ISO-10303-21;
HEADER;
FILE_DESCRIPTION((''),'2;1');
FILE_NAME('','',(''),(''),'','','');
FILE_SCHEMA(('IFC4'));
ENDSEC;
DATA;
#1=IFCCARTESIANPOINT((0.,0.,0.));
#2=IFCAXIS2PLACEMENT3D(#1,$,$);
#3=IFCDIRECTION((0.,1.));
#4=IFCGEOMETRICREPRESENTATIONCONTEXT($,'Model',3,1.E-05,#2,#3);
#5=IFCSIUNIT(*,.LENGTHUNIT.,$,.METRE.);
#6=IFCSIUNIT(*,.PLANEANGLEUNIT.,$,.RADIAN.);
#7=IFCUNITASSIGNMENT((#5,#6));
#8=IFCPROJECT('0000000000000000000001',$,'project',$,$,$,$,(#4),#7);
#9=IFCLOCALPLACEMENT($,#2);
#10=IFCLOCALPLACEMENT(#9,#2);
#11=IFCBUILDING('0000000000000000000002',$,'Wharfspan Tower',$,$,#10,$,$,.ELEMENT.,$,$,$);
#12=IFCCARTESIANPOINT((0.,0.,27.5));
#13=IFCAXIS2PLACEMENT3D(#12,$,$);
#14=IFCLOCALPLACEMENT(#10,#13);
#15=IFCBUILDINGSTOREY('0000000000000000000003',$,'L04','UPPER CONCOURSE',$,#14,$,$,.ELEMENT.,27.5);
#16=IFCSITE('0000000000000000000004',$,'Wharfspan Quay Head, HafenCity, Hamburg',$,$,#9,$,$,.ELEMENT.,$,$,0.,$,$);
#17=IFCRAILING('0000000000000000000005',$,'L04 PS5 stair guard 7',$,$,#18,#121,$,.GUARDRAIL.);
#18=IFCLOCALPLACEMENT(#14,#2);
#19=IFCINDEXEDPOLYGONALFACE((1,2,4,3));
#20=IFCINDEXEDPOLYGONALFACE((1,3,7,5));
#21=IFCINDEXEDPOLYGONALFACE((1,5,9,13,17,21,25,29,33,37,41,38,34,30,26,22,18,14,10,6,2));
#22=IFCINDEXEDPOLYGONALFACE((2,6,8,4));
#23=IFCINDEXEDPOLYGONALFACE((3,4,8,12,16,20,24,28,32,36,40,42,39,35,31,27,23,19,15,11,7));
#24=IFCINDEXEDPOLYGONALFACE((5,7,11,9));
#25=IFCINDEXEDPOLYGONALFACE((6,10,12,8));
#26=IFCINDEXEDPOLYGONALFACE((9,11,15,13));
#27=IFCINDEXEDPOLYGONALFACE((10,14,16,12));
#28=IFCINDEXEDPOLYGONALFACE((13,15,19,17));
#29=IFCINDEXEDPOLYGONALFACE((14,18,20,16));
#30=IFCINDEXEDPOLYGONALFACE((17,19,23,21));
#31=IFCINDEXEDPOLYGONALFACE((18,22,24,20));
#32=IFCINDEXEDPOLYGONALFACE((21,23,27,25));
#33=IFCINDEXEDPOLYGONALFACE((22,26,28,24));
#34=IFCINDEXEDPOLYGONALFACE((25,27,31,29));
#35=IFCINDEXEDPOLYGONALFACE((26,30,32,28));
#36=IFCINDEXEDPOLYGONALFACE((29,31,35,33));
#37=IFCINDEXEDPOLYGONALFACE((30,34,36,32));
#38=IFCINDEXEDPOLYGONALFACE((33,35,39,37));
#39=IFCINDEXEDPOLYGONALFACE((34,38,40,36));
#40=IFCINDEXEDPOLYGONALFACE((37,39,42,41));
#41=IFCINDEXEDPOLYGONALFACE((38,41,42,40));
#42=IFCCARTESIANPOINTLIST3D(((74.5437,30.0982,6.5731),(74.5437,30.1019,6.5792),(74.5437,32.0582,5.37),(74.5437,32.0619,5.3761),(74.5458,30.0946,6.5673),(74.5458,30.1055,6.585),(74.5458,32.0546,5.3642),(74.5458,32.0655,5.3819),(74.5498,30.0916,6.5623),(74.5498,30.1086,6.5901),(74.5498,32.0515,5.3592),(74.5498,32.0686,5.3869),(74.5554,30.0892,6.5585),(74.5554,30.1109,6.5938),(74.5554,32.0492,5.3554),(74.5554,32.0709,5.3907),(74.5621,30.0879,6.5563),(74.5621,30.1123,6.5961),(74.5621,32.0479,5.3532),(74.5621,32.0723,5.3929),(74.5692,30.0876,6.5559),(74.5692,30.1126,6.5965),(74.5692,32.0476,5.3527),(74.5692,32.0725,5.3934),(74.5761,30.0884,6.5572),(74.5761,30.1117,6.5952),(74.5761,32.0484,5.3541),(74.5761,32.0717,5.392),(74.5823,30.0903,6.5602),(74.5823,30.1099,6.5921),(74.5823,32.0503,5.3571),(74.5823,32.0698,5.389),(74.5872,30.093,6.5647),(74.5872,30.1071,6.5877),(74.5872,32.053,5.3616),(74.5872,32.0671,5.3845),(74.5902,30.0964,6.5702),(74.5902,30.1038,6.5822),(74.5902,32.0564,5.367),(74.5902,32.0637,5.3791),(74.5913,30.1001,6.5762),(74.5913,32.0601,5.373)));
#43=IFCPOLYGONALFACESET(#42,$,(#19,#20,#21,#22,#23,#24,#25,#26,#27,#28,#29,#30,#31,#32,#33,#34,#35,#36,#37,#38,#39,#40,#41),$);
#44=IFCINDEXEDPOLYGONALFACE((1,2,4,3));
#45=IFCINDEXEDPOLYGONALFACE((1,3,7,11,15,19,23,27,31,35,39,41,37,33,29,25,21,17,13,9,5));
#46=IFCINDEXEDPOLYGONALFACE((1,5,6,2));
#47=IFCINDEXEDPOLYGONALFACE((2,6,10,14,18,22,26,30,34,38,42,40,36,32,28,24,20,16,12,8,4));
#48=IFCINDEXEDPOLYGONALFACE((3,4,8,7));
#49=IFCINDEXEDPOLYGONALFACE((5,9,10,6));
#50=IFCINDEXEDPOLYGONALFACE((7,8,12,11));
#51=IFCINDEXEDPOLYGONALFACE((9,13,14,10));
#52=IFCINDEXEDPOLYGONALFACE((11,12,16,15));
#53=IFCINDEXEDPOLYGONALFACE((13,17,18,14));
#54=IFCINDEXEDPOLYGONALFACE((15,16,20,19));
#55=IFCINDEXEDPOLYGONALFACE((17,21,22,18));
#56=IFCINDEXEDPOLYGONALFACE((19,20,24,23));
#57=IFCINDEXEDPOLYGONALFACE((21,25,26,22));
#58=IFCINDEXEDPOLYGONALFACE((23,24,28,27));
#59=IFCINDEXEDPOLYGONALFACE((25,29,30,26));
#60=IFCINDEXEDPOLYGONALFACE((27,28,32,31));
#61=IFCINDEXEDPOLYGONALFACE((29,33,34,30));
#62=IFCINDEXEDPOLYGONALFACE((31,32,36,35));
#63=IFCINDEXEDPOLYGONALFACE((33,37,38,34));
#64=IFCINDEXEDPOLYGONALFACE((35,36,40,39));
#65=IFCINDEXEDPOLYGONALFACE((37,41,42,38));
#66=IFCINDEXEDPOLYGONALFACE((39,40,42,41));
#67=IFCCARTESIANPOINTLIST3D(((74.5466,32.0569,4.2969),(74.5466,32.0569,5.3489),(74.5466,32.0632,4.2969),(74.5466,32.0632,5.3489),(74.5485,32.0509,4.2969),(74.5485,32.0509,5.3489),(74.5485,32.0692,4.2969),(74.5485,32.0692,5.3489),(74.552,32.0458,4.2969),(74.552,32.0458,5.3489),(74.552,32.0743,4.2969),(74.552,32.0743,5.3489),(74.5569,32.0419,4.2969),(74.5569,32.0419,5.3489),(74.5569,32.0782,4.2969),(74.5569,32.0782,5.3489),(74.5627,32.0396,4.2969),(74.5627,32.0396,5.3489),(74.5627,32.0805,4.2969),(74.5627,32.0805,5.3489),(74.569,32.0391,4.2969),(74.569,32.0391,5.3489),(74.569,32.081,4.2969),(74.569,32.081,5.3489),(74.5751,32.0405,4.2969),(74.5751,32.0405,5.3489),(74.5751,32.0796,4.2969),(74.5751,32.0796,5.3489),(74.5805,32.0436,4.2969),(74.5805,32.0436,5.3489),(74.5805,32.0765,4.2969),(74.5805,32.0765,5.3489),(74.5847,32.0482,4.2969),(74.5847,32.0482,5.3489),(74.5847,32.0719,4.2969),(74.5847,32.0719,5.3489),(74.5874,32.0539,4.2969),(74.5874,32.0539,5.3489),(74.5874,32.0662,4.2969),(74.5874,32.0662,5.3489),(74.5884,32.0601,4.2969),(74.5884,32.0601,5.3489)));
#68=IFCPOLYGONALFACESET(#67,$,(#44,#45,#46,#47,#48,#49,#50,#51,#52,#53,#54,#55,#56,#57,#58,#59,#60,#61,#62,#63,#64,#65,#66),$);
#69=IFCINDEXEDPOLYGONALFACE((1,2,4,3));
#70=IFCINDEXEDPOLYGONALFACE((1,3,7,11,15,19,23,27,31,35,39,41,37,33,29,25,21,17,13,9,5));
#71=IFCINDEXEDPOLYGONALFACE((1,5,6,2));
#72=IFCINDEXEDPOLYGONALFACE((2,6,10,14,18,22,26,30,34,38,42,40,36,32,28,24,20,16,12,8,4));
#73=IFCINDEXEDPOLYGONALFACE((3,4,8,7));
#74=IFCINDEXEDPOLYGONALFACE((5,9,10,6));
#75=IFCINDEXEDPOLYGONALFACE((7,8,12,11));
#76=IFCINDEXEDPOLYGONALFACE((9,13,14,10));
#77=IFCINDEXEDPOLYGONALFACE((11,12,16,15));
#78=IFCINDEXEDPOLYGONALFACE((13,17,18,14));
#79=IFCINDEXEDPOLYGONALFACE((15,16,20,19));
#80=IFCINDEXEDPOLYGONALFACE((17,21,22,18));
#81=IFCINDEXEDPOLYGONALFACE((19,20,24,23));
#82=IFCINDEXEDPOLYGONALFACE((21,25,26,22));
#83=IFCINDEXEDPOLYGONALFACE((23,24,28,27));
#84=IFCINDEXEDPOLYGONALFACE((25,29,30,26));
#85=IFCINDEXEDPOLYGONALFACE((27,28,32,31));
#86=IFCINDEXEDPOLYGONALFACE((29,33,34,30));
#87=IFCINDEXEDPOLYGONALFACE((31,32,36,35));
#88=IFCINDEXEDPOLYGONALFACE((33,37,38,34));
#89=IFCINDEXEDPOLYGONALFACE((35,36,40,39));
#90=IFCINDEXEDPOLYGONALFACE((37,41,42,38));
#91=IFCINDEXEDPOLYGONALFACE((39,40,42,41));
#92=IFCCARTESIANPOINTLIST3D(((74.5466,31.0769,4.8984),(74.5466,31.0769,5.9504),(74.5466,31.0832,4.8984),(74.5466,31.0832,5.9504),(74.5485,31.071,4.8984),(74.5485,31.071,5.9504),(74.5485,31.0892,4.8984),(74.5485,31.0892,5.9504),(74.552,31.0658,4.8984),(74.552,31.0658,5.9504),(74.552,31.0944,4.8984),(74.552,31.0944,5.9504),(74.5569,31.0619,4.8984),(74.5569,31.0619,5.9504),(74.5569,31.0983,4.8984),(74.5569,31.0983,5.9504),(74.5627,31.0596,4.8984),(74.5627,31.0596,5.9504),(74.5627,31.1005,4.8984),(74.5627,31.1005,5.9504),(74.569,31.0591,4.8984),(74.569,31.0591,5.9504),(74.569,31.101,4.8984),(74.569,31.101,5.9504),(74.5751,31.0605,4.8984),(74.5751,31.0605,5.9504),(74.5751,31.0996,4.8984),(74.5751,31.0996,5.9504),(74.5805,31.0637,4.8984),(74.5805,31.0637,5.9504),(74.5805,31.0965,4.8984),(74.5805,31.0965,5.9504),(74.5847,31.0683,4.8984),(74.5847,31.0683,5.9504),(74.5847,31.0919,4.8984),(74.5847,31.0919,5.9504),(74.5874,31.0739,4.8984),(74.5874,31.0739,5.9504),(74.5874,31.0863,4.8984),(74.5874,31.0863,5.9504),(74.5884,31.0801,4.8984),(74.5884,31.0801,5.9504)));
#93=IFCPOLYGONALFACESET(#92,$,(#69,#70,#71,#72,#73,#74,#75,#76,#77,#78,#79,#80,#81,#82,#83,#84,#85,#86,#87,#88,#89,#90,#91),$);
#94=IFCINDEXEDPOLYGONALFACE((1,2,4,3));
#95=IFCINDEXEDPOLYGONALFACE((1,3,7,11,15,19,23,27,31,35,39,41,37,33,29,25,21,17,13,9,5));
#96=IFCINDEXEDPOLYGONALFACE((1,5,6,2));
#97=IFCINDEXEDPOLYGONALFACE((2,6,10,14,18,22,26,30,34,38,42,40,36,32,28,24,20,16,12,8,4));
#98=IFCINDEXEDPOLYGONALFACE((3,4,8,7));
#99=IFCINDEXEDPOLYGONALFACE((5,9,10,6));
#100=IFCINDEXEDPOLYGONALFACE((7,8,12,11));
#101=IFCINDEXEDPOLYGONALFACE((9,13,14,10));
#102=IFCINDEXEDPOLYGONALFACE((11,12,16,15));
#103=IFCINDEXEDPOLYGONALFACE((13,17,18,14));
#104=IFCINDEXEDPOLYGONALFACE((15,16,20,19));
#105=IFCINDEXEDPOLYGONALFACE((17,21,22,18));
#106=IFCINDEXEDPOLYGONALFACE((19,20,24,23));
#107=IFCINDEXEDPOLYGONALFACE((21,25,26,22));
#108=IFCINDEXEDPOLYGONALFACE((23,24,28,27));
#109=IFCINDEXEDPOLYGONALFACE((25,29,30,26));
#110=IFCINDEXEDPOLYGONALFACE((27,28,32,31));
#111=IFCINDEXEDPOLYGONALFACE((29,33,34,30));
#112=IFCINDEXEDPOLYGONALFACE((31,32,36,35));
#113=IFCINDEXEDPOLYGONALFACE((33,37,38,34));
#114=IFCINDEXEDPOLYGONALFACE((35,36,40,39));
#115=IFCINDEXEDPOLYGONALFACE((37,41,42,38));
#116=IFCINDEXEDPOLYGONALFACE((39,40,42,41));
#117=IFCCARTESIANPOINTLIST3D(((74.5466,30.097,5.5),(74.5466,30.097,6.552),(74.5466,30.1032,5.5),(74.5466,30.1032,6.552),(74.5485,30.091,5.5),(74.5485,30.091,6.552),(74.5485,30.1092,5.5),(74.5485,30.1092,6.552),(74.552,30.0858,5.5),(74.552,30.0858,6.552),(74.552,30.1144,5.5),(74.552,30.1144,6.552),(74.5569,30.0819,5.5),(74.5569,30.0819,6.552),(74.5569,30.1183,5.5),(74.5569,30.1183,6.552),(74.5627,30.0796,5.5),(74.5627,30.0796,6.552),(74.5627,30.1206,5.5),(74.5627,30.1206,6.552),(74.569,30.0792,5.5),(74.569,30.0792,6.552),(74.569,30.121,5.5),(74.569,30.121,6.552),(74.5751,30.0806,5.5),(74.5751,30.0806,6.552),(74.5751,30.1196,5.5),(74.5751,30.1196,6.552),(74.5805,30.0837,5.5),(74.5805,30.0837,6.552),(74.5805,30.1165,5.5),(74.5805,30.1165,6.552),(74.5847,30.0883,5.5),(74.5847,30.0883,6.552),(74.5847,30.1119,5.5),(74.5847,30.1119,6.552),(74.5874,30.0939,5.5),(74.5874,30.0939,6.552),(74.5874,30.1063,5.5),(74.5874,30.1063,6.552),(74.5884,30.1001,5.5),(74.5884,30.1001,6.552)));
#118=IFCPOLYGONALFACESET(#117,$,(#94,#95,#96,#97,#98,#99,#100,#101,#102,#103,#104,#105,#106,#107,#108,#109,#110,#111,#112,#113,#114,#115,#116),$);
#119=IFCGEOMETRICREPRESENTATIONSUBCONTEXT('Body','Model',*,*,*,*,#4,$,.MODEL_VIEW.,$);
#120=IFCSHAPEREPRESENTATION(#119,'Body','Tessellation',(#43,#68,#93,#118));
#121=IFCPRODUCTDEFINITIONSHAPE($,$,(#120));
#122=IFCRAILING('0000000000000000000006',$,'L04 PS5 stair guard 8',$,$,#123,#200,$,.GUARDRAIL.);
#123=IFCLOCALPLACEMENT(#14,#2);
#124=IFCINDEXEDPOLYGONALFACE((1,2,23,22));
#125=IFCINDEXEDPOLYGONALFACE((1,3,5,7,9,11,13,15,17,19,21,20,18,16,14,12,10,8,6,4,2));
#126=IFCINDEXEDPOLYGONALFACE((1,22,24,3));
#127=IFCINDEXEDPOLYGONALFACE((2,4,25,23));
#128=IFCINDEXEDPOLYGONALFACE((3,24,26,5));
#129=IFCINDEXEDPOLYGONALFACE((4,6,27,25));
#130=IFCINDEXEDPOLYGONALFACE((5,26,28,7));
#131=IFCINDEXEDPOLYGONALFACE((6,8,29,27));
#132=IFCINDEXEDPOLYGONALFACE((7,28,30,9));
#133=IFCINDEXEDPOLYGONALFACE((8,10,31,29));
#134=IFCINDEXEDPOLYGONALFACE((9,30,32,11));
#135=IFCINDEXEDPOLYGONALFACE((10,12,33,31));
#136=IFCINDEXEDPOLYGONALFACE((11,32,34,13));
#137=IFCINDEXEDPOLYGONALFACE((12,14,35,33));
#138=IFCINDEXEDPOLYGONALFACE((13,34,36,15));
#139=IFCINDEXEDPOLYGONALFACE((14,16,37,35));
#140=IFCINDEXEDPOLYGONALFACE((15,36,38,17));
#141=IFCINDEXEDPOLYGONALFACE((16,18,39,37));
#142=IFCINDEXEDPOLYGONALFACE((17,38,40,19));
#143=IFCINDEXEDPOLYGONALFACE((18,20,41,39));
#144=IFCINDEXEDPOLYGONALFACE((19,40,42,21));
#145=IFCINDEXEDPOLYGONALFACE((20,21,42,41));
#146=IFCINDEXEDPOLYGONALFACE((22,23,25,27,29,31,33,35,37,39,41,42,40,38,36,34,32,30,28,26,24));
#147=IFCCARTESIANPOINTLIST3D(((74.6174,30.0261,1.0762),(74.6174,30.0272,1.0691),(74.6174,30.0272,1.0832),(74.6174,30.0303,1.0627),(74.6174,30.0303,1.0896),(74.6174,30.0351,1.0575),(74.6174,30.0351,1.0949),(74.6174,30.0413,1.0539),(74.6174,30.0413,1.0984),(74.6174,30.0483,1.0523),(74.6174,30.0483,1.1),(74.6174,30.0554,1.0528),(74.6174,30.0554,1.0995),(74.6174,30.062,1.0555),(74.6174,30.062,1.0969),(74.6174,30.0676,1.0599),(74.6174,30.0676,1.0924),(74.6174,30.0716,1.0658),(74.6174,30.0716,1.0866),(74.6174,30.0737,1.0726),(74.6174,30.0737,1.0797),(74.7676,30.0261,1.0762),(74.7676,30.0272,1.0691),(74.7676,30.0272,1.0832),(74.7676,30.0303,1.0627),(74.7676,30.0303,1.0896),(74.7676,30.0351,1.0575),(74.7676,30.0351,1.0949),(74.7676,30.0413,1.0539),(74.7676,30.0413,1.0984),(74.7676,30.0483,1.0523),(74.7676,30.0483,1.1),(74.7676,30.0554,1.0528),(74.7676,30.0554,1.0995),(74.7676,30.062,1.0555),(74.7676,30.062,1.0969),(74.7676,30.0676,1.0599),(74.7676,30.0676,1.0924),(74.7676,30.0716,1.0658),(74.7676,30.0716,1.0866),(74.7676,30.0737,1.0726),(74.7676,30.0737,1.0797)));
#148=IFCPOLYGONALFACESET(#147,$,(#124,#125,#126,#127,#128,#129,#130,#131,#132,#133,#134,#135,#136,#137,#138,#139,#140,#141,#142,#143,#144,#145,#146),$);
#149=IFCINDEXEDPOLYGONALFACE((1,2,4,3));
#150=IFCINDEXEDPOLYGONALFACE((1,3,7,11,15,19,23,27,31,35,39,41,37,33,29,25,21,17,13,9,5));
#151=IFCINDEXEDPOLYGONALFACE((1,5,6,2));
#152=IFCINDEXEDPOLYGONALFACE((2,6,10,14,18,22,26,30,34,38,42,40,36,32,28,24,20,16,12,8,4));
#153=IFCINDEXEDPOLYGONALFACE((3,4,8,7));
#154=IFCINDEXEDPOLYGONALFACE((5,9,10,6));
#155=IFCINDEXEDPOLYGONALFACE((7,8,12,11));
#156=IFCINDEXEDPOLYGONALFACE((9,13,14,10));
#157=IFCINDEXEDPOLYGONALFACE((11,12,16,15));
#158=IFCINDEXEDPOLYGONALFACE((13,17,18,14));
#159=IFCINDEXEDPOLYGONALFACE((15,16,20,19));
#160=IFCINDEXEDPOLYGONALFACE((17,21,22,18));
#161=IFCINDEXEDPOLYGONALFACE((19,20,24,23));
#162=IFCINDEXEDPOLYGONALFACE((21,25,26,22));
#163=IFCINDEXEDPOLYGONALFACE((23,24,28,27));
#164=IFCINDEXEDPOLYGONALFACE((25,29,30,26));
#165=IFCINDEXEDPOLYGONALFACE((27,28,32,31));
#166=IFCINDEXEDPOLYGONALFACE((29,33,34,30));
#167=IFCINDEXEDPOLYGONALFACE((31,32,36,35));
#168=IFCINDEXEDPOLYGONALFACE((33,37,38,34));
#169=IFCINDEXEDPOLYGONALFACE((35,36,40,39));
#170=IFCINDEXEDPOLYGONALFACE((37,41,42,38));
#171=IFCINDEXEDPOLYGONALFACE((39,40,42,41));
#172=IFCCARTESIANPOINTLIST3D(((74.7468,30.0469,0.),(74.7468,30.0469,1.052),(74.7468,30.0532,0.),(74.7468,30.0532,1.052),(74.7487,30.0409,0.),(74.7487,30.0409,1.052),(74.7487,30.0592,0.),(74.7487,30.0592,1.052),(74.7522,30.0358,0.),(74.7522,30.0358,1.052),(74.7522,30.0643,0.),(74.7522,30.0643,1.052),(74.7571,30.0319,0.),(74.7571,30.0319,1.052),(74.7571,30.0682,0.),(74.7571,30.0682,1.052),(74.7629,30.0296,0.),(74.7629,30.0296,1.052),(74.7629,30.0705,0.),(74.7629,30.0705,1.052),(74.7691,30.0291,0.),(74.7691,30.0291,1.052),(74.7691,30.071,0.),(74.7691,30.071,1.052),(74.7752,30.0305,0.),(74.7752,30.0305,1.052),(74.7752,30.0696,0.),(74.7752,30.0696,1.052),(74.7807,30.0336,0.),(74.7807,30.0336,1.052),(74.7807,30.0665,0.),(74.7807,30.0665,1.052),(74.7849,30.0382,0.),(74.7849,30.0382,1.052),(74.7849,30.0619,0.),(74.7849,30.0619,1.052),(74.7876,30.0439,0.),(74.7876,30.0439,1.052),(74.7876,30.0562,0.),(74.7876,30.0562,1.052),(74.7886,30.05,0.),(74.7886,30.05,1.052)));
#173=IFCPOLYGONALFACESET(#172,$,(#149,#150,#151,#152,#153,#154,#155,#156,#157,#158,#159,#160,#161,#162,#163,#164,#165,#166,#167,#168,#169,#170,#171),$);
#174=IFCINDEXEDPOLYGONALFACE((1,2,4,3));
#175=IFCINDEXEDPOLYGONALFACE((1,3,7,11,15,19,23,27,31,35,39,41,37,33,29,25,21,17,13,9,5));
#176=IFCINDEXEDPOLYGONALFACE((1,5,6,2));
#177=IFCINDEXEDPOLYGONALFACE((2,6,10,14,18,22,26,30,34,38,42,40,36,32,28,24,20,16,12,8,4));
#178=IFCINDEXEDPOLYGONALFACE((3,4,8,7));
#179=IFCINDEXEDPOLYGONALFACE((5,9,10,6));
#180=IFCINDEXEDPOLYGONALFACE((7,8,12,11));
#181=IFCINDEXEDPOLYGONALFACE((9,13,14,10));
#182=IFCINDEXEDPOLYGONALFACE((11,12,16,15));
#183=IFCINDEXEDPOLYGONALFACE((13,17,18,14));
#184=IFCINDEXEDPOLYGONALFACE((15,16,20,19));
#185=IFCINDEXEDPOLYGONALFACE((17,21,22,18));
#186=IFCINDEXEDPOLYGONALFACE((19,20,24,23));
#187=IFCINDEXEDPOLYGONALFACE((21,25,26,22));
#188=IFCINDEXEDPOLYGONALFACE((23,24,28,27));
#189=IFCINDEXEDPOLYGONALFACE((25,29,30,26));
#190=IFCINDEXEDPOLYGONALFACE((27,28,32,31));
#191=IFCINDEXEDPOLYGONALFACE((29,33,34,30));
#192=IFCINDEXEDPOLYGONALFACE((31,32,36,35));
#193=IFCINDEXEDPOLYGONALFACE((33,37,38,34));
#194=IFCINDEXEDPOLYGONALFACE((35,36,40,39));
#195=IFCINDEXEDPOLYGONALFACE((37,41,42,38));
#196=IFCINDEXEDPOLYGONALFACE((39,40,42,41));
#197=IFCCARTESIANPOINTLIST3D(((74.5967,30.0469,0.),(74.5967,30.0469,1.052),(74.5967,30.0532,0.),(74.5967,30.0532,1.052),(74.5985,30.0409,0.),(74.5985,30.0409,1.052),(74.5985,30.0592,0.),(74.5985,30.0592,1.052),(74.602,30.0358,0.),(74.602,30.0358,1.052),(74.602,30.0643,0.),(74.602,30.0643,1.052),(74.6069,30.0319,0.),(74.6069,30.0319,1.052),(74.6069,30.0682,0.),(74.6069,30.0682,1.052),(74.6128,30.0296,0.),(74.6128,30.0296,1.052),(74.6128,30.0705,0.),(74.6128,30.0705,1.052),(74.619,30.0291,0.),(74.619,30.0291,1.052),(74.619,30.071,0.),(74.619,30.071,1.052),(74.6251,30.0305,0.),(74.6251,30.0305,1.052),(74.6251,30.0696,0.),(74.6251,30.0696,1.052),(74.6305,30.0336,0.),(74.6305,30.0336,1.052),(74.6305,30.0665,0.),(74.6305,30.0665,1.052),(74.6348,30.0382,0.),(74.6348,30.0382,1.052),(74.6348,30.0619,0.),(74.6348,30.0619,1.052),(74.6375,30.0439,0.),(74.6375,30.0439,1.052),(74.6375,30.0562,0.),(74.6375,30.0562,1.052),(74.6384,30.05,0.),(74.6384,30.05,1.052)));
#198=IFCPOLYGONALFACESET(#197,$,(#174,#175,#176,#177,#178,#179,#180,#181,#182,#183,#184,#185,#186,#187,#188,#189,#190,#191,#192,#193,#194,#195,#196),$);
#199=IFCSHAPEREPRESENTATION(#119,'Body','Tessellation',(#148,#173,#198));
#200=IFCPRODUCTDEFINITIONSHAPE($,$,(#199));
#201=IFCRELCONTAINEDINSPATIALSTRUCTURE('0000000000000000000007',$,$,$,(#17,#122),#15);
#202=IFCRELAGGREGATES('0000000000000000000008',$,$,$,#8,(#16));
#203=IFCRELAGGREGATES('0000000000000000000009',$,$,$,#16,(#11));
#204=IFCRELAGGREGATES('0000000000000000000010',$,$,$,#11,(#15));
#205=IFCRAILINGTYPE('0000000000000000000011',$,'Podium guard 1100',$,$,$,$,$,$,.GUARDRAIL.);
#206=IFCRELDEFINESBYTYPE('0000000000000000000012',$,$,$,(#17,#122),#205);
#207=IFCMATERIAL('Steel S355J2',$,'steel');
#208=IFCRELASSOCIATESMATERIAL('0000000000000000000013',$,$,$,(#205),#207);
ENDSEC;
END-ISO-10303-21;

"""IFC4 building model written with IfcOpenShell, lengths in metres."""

from ifc_helpers import new_model, si_unit, direction, frame, origin, origin_2d, place, context, subcontext, project, spatial, circle, extrude, material, type_object, element, save


model = new_model("IFC4")

# Units and contexts
model_context = context("Model", 3, precision=1e-05, world=origin(), true_north=direction((0.0, 1.0)))
body_context = subcontext(model_context, "Body", "Model", "MODEL_VIEW")
ifc_project = project(units=[si_unit("LENGTHUNIT", "METRE"), si_unit("PLANEANGLEUNIT", "RADIAN")], contexts=[model_context])

# Site, building, storey
site_placement = place(None, origin())
site = spatial("IfcSite", under=ifc_project, at=site_placement, Name="Wharfspan Quay Head, HafenCity, Hamburg", CompositionType="ELEMENT", RefElevation=0.0)
building_placement = place(site_placement, origin())
building = spatial("IfcBuilding", under=site, at=building_placement, Name="Wharfspan Tower", CompositionType="ELEMENT")
storey_placement = place(building_placement, frame((0.0, 0.0, 27.5)))
storey = spatial("IfcBuildingStorey", under=building, at=storey_placement, Name="L04", Description="UPPER CONCOURSE", CompositionType="ELEMENT", Elevation=27.5)

# Railings
ifc_material_1 = material(Name="Steel S355J2", Category="steel")
railing_type_1 = type_object("IfcRailingType", Name="Podium guard 1100", PredefinedType="GUARDRAIL", material=ifc_material_1)
railing_1_placement = place(storey_placement, frame((74.5674, 32.0601, 4.2969)))
element("IfcRailing", 1, at=railing_1_placement, inside=storey, type_object=railing_type_1, Name="L04 PS5 stair guard 7", PredefinedType="GUARDRAIL", context=body_context, shape_type="SweptSolid", body=[
    extrude(circle(Radius=0.0239, at=origin_2d()), frame((0.0, 0.0, 1.0762), z_axis=(0.0, -0.852241, 0.523149), x_axis=(1.0, 0.0, 0.0)), (0.0, 0.0, 1.0), 2.2998),
    extrude(circle(Radius=0.021, at=origin_2d()), origin(), (0.0, 0.0, 1.0), 1.052),
    extrude(circle(Radius=0.021, at=origin_2d()), frame((0.0, -0.98, 0.6016)), (0.0, 0.0, 1.0), 1.052),
    extrude(circle(Radius=0.021, at=origin_2d()), frame((0.0, -1.96, 1.2031)), (0.0, 0.0, 1.0), 1.052),
])
railing_2_placement = place(storey_placement, frame((74.7676, 30.05, 0.0)))
element("IfcRailing", 2, at=railing_2_placement, inside=storey, type_object=railing_type_1, Name="L04 PS5 stair guard 8", PredefinedType="GUARDRAIL", context=body_context, shape_type="SweptSolid", body=[
    extrude(circle(Radius=0.0239, at=origin_2d()), frame((0.0, 0.0, 1.0762), z_axis=(-1.0, 0.0, 0.0), x_axis=(0.0, -1.0, 0.0)), (0.0, 0.0, 1.0), 0.1501),
    extrude(circle(Radius=0.021, at=origin_2d()), origin(), (0.0, 0.0, 1.0), 1.052),
    extrude(circle(Radius=0.021, at=origin_2d()), frame((-0.1501, 0.0, 0.0)), (0.0, 0.0, 1.0), 1.052),
])

save(model, "model.ifc")
